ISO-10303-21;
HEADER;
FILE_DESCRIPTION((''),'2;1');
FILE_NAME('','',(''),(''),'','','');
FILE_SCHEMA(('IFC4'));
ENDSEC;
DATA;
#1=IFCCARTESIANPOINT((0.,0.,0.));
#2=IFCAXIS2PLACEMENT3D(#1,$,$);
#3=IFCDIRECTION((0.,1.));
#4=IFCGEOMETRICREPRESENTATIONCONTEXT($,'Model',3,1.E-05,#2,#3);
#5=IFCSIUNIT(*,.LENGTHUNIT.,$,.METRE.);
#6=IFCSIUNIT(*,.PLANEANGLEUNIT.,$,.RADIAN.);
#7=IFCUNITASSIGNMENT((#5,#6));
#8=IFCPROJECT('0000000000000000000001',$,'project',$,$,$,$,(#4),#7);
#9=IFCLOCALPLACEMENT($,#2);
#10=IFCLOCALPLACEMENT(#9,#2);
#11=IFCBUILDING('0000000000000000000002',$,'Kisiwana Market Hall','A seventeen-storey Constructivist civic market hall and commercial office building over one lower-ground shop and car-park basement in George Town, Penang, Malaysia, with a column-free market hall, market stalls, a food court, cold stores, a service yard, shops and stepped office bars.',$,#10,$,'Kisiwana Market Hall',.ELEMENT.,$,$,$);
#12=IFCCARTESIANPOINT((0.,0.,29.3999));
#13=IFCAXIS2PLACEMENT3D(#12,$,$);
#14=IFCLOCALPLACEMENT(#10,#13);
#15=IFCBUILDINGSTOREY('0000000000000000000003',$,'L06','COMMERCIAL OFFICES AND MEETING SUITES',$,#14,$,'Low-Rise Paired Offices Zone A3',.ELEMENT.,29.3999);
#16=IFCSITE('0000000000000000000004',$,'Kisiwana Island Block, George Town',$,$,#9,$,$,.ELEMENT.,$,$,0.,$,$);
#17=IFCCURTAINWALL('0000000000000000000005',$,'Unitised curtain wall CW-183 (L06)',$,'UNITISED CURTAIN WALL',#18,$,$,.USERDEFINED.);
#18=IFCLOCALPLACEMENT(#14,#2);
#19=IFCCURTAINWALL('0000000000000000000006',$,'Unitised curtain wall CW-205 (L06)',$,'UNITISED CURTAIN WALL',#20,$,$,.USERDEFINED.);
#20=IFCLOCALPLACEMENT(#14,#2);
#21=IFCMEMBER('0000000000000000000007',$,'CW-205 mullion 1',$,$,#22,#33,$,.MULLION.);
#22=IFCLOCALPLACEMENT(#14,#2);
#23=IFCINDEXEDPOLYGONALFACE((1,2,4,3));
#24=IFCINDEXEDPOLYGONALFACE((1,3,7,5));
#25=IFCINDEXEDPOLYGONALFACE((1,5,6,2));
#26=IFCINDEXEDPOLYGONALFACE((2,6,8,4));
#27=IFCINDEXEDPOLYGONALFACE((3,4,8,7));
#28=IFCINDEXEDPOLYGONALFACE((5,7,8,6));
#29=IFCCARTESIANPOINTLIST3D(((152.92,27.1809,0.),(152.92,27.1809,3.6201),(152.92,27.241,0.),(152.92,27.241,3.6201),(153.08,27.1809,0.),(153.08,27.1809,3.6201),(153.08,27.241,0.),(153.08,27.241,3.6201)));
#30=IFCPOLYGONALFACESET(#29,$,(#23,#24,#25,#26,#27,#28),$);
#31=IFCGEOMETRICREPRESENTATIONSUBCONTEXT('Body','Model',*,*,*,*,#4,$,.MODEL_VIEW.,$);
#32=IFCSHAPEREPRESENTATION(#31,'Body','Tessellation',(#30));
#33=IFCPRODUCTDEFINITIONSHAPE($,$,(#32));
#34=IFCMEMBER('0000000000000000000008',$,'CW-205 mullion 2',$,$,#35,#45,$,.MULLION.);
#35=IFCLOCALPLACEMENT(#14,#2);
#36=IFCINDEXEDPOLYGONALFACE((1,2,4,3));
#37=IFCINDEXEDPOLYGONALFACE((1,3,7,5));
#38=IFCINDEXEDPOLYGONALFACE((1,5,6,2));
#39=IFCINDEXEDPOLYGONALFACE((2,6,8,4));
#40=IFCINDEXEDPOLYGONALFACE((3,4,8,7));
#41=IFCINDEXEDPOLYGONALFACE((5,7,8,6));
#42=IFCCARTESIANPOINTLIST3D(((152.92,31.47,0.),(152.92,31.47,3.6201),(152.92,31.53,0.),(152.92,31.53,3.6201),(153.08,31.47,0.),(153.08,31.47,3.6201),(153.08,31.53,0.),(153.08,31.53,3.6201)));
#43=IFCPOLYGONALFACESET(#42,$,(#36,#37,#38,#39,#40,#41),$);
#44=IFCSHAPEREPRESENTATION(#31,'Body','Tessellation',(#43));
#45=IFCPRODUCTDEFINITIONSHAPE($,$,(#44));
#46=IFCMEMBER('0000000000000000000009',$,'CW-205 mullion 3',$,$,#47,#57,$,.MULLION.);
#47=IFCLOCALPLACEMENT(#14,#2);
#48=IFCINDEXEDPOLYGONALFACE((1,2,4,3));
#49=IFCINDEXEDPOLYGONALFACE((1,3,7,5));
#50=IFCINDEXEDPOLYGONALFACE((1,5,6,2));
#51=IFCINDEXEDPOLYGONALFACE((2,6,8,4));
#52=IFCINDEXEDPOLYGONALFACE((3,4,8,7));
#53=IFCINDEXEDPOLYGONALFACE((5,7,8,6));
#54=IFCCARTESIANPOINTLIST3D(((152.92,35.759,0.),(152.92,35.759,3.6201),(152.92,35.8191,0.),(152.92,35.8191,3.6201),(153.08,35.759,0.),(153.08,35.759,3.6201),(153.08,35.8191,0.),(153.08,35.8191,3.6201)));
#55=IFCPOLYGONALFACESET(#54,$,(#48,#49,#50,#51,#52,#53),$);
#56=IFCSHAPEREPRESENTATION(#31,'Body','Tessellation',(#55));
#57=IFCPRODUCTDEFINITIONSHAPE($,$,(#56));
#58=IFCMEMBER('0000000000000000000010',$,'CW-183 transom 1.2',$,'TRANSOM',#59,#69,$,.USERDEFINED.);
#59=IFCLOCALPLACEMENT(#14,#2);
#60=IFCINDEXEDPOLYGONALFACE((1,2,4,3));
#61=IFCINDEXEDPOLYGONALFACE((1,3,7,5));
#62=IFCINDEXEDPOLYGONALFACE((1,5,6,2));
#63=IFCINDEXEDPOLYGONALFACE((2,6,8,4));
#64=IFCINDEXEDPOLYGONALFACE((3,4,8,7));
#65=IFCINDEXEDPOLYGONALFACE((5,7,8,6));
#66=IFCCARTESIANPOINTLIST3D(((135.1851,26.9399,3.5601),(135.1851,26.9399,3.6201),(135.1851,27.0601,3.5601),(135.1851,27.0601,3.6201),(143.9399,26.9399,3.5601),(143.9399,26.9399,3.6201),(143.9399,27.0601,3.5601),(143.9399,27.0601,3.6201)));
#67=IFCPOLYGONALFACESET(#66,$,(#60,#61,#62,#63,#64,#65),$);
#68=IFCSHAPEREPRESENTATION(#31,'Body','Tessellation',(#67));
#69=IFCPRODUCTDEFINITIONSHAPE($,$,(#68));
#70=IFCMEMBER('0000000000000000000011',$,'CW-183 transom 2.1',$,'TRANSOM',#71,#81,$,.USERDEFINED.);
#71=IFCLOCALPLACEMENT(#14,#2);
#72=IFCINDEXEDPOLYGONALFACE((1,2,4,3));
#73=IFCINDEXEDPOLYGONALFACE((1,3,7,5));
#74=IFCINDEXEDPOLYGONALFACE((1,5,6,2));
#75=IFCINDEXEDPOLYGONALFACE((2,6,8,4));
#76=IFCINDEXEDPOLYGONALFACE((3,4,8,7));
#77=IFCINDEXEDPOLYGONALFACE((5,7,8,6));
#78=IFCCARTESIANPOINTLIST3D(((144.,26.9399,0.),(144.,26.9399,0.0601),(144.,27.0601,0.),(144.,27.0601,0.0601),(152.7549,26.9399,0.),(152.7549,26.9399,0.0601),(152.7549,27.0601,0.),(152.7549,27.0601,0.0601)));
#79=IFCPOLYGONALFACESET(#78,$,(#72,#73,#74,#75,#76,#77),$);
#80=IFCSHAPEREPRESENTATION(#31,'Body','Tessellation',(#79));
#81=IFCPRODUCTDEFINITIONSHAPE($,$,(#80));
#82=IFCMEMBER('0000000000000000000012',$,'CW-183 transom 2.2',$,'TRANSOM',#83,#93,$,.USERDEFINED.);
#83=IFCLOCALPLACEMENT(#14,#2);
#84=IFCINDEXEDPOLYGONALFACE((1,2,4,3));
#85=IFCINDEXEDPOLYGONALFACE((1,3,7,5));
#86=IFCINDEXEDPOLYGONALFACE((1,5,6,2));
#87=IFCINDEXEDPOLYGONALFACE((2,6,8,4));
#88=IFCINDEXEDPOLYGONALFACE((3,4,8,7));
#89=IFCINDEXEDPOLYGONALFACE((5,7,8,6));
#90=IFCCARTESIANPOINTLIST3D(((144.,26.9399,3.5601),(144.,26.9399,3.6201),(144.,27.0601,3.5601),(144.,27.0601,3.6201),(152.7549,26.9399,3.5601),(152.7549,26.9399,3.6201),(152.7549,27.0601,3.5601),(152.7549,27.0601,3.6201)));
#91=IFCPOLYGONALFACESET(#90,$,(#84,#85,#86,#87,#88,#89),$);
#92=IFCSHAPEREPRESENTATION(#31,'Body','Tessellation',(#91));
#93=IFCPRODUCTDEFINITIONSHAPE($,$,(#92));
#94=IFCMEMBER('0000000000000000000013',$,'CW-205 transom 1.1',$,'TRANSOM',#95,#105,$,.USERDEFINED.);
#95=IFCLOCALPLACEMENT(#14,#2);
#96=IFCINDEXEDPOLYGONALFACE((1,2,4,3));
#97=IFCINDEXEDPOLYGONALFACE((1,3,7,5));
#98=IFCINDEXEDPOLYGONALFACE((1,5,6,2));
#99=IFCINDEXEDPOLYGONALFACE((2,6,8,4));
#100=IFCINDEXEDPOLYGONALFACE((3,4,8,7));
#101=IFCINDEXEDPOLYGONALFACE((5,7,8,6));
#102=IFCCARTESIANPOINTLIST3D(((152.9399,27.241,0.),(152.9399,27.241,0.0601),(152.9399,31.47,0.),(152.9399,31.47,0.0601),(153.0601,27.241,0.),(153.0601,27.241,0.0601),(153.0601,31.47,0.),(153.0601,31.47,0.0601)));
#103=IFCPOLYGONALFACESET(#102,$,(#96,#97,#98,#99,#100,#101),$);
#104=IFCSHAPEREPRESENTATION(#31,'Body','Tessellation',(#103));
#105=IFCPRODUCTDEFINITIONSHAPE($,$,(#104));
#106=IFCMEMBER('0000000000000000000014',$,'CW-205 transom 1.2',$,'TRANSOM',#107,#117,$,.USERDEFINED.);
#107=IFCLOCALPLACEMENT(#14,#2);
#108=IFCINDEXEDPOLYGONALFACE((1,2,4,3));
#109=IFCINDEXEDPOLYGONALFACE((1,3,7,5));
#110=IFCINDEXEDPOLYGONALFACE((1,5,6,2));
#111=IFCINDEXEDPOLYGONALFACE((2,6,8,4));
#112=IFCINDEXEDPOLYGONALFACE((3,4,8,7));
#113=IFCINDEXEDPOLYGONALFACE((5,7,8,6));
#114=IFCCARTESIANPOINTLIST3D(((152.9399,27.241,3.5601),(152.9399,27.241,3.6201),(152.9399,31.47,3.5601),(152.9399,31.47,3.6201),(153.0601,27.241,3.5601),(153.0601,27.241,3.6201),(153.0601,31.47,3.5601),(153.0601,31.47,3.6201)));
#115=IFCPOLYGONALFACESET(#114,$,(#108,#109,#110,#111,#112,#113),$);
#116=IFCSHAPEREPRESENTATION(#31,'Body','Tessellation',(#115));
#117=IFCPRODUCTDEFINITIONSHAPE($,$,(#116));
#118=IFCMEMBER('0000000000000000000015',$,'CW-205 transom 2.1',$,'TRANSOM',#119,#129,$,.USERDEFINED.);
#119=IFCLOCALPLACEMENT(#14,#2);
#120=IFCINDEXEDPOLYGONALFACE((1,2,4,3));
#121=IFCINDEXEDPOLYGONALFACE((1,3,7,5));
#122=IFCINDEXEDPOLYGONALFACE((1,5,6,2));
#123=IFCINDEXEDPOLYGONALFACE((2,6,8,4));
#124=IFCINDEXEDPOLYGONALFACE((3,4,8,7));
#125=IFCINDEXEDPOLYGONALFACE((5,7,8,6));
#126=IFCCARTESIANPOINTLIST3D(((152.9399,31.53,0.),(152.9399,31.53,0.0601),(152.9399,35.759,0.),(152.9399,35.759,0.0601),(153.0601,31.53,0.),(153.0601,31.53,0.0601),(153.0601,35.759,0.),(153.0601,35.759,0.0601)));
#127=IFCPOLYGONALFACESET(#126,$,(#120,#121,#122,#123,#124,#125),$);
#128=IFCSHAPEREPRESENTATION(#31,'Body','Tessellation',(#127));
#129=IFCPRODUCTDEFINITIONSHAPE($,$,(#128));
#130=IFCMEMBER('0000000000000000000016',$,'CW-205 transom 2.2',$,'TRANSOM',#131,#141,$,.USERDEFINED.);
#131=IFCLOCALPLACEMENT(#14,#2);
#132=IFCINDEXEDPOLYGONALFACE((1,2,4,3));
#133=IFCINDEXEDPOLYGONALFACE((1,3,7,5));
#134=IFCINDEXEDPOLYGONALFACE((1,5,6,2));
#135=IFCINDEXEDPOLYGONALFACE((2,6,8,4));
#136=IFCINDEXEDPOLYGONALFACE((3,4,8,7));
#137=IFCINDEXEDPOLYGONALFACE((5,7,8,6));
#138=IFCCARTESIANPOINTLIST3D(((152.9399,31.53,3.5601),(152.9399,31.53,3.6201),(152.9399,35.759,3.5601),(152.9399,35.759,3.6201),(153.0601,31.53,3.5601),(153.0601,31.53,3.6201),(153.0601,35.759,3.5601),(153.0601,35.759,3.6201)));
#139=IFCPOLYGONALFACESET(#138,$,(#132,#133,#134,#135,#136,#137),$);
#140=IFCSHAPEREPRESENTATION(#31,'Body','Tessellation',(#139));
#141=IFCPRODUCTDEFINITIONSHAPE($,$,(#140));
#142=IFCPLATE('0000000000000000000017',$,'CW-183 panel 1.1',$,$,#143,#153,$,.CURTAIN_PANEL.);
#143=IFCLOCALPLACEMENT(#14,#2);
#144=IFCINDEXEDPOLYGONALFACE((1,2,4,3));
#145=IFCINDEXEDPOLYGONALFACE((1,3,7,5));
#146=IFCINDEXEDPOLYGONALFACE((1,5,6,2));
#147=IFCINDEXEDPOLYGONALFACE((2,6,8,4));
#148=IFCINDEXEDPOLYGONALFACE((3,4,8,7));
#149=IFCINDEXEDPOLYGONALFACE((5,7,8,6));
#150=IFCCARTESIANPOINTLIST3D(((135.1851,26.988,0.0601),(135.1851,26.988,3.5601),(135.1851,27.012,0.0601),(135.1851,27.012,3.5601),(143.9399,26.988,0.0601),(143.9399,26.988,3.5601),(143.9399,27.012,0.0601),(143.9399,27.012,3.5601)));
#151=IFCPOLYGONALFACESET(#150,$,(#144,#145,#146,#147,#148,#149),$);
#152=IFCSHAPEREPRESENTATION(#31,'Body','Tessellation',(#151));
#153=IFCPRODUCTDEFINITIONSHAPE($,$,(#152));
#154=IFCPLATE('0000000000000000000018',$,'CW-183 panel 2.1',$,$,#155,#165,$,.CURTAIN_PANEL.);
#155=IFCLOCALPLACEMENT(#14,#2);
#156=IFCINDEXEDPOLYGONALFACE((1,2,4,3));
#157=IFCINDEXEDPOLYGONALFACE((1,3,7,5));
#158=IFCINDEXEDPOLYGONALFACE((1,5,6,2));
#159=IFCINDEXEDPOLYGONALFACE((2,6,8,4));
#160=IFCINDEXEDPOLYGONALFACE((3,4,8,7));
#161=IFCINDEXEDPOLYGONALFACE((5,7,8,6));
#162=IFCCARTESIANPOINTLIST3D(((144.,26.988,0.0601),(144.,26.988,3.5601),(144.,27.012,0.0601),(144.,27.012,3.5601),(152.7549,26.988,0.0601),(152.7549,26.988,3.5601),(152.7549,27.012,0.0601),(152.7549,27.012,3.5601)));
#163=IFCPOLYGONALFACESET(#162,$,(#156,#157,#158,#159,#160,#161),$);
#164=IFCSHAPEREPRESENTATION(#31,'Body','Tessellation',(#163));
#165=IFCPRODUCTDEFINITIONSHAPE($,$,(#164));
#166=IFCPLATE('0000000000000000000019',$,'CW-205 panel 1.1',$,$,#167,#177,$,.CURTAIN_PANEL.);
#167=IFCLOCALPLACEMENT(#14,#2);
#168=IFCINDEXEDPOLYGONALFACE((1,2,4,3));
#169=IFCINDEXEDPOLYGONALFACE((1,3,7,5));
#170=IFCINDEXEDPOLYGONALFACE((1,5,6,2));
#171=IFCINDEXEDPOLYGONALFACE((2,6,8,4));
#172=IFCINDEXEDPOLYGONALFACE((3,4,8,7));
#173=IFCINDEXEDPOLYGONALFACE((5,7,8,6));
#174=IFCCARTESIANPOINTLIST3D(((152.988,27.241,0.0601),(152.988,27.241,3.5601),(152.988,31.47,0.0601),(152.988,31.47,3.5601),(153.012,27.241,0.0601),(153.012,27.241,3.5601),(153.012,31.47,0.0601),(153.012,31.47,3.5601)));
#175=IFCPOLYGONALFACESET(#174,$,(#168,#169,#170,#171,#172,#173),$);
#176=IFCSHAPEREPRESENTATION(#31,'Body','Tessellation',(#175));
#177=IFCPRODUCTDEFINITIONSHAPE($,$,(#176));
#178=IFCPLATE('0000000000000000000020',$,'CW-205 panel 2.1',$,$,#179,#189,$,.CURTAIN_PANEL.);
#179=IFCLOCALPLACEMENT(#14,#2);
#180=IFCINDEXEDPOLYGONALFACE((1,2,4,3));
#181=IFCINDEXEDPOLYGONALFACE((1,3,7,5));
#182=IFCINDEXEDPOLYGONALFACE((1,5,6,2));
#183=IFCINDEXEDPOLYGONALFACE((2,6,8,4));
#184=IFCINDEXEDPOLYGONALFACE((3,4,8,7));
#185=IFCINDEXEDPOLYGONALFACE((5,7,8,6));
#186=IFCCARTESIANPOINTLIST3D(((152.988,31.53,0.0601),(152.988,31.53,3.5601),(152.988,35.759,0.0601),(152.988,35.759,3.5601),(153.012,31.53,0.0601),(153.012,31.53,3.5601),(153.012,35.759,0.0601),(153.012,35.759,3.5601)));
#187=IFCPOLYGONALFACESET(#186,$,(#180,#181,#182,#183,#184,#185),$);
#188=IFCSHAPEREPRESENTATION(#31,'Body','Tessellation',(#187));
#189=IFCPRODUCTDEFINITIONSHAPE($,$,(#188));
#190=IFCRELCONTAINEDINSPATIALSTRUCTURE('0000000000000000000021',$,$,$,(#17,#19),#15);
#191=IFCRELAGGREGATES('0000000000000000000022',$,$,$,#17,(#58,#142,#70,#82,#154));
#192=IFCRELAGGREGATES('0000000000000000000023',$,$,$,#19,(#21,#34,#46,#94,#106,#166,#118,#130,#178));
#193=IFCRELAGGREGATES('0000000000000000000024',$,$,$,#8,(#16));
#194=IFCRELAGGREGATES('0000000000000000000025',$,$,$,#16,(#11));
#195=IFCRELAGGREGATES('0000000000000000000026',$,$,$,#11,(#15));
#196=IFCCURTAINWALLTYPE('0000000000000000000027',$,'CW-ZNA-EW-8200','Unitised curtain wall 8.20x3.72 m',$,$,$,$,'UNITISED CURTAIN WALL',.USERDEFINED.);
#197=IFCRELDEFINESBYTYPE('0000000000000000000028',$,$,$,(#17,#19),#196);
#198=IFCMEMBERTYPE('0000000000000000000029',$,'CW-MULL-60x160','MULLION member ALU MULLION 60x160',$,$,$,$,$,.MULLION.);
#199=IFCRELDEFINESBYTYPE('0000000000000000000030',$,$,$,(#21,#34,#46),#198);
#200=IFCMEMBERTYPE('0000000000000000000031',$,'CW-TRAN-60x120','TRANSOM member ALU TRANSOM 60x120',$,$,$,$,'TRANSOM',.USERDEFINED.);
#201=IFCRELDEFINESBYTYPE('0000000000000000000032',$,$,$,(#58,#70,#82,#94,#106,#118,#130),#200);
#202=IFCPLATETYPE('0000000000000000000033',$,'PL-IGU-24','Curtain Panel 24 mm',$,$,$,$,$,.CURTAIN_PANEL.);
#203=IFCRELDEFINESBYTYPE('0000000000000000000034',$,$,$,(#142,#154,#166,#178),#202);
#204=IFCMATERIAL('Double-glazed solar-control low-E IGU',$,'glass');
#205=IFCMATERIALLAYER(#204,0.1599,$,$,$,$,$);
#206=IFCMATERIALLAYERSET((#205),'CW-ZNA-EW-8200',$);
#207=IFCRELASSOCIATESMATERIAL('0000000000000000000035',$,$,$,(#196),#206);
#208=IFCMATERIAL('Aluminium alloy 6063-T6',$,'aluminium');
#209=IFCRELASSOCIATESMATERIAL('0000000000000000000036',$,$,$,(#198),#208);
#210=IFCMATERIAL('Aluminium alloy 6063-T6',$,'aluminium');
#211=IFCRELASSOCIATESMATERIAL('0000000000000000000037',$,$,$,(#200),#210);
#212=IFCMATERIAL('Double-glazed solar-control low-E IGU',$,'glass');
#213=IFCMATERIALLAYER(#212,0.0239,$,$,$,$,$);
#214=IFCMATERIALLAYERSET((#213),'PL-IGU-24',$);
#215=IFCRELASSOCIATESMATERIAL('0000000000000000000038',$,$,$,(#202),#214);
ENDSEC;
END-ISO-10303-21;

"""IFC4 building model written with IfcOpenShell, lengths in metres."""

from ifc_helpers import new_model, si_unit, direction, frame, origin, origin_2d, place, context, subcontext, project, spatial, rectangle, extrude, material, layer, layer_set, material_profile, profile_set, type_object, element, aggregate, save


model = new_model("IFC4")

# Units and contexts
model_context = context("Model", 3, precision=1e-05, world=origin(), true_north=direction((0.0, 1.0)))
body_context = subcontext(model_context, "Body", "Model", "MODEL_VIEW")
ifc_project = project(units=[si_unit("LENGTHUNIT", "METRE"), si_unit("PLANEANGLEUNIT", "RADIAN")], contexts=[model_context])

# Site, building, storey
site_placement = place(None, origin())
site = spatial("IfcSite", under=ifc_project, at=site_placement, Name="Kisiwana Island Block, George Town", CompositionType="ELEMENT", RefElevation=0.0)
building_placement = place(site_placement, origin())
building = spatial("IfcBuilding", under=site, at=building_placement, Name="Kisiwana Market Hall", Description="A seventeen-storey Constructivist civic market hall and commercial office building over one lower-ground shop and car-park basement in George Town, Penang, Malaysia, with a column-free market hall, market stalls, a food court, cold stores, a service yard, shops and stepped office bars.", LongName="Kisiwana Market Hall", CompositionType="ELEMENT")
storey_placement = place(building_placement, frame((0.0, 0.0, 29.3999)))
storey = spatial("IfcBuildingStorey", under=building, at=storey_placement, Name="L06", Description="COMMERCIAL OFFICES AND MEETING SUITES", LongName="Low-Rise Paired Offices Zone A3", CompositionType="ELEMENT", Elevation=29.3999)

# Curtain walls, members
ifc_material_1 = material(Name="Double-glazed solar-control low-E IGU", Category="glass")
ifc_layer_1 = layer(ifc_material_1, 0.1599)
ifc_layer_set_1 = layer_set([ifc_layer_1], Name="CW-ZNA-EW-8200")
curtain_wall_type = type_object("IfcCurtainWallType", Name="CW-ZNA-EW-8200", Description="Unitised curtain wall 8.20x3.72 m", ElementType="UNITISED CURTAIN WALL", PredefinedType="USERDEFINED", material=ifc_layer_set_1)
curtain_wall_1_placement = place(storey_placement, origin())
curtain_wall_1 = element("IfcCurtainWall", 1, at=curtain_wall_1_placement, inside=storey, type_object=curtain_wall_type, Name="Unitised curtain wall CW-183 (L06)", ObjectType="UNITISED CURTAIN WALL", PredefinedType="USERDEFINED")
ifc_material_2 = material(Name="Aluminium alloy 6063-T6", Category="aluminium")
ifc_material_profile_1 = material_profile(ifc_material_2, rectangle(XDim=0.0601, YDim=0.1599, at=origin_2d()), Name="ALU MULLION 60x160")
ifc_profile_set_1 = profile_set([ifc_material_profile_1], Name="Aluminium alloy 6063-T6")
member_type_1 = type_object("IfcMemberType", Name="CW-MULL-60x160", Description="MULLION member ALU MULLION 60x160", PredefinedType="MULLION", material=ifc_profile_set_1)
curtain_wall_2_placement = place(storey_placement, origin())
curtain_wall_2 = element("IfcCurtainWall", 2, at=curtain_wall_2_placement, inside=storey, type_object=curtain_wall_type, Name="Unitised curtain wall CW-205 (L06)", ObjectType="UNITISED CURTAIN WALL", PredefinedType="USERDEFINED")
member_1_placement = place(storey_placement, frame((153.0, 27.2109, 0.0), z_axis=(0.0, 0.0, 1.0), x_axis=(0.0, 1.0, 0.0)))
member_1 = element("IfcMember", 3, at=member_1_placement, type_object=member_type_1, Name="CW-205 mullion 1", PredefinedType="MULLION", context=body_context, shape_type="SweptSolid", body=[
    extrude(rectangle(XDim=0.0601, YDim=0.1599, at=origin_2d()), origin(), (0.0, 0.0, 1.0), 3.6201),
])
member_2_placement = place(storey_placement, frame((153.0, 31.5, 0.0), z_axis=(0.0, 0.0, 1.0), x_axis=(0.0, 1.0, 0.0)))
member_2 = element("IfcMember", 4, at=member_2_placement, type_object=member_type_1, Name="CW-205 mullion 2", PredefinedType="MULLION", context=body_context, shape_type="SweptSolid", body=[
    extrude(rectangle(XDim=0.0601, YDim=0.1599, at=origin_2d()), origin(), (0.0, 0.0, 1.0), 3.6201),
])
member_3_placement = place(storey_placement, frame((153.0, 35.7891, 0.0), z_axis=(0.0, 0.0, 1.0), x_axis=(0.0, 1.0, 0.0)))
member_3 = element("IfcMember", 5, at=member_3_placement, type_object=member_type_1, Name="CW-205 mullion 3", PredefinedType="MULLION", context=body_context, shape_type="SweptSolid", body=[
    extrude(rectangle(XDim=0.0601, YDim=0.1599, at=origin_2d()), origin(), (0.0, 0.0, 1.0), 3.6201),
])

# Members
ifc_material_3 = material(Name="Aluminium alloy 6063-T6", Category="aluminium")
ifc_material_profile_2 = material_profile(ifc_material_3, rectangle(XDim=0.1201, YDim=0.0601, at=origin_2d()), Name="ALU TRANSOM 60x120")
ifc_profile_set_2 = profile_set([ifc_material_profile_2], Name="Aluminium alloy 6063-T6")
member_type_2 = type_object("IfcMemberType", Name="CW-TRAN-60x120", Description="TRANSOM member ALU TRANSOM 60x120", ElementType="TRANSOM", PredefinedType="USERDEFINED", material=ifc_profile_set_2)
member_4_placement = place(storey_placement, frame((135.1851, 27.0, 3.5901), z_axis=(1.0, 0.0, 0.0), x_axis=(0.0, 1.0, 0.0)))
member_4 = element("IfcMember", 6, at=member_4_placement, type_object=member_type_2, Name="CW-183 transom 1.2", ObjectType="TRANSOM", PredefinedType="USERDEFINED", context=body_context, shape_type="SweptSolid", body=[
    extrude(rectangle(XDim=0.1201, YDim=0.0601, at=origin_2d()), origin(), (0.0, 0.0, 1.0), 8.7549),
])
member_5_placement = place(storey_placement, frame((144.0, 27.0, 0.03), z_axis=(1.0, 0.0, 0.0), x_axis=(0.0, 1.0, 0.0)))
member_5 = element("IfcMember", 7, at=member_5_placement, type_object=member_type_2, Name="CW-183 transom 2.1", ObjectType="TRANSOM", PredefinedType="USERDEFINED", context=body_context, shape_type="SweptSolid", body=[
    extrude(rectangle(XDim=0.1201, YDim=0.0601, at=origin_2d()), origin(), (0.0, 0.0, 1.0), 8.7549),
])
member_6_placement = place(storey_placement, frame((144.0, 27.0, 3.5901), z_axis=(1.0, 0.0, 0.0), x_axis=(0.0, 1.0, 0.0)))
member_6 = element("IfcMember", 8, at=member_6_placement, type_object=member_type_2, Name="CW-183 transom 2.2", ObjectType="TRANSOM", PredefinedType="USERDEFINED", context=body_context, shape_type="SweptSolid", body=[
    extrude(rectangle(XDim=0.1201, YDim=0.0601, at=origin_2d()), origin(), (0.0, 0.0, 1.0), 8.7549),
])
member_7_placement = place(storey_placement, frame((153.0, 27.241, 0.03), z_axis=(0.0, 1.0, 0.0), x_axis=(-1.0, 0.0, 0.0)))
member_7 = element("IfcMember", 9, at=member_7_placement, type_object=member_type_2, Name="CW-205 transom 1.1", ObjectType="TRANSOM", PredefinedType="USERDEFINED", context=body_context, shape_type="SweptSolid", body=[
    extrude(rectangle(XDim=0.1201, YDim=0.0601, at=origin_2d()), origin(), (0.0, 0.0, 1.0), 4.229),
])
member_8_placement = place(storey_placement, frame((153.0, 27.241, 3.5901), z_axis=(0.0, 1.0, 0.0), x_axis=(-1.0, 0.0, 0.0)))
member_8 = element("IfcMember", 10, at=member_8_placement, type_object=member_type_2, Name="CW-205 transom 1.2", ObjectType="TRANSOM", PredefinedType="USERDEFINED", context=body_context, shape_type="SweptSolid", body=[
    extrude(rectangle(XDim=0.1201, YDim=0.0601, at=origin_2d()), origin(), (0.0, 0.0, 1.0), 4.229),
])
member_9_placement = place(storey_placement, frame((153.0, 31.53, 0.03), z_axis=(0.0, 1.0, 0.0), x_axis=(-1.0, 0.0, 0.0)))
member_9 = element("IfcMember", 11, at=member_9_placement, type_object=member_type_2, Name="CW-205 transom 2.1", ObjectType="TRANSOM", PredefinedType="USERDEFINED", context=body_context, shape_type="SweptSolid", body=[
    extrude(rectangle(XDim=0.1201, YDim=0.0601, at=origin_2d()), origin(), (0.0, 0.0, 1.0), 4.229),
])
member_10_placement = place(storey_placement, frame((153.0, 31.53, 3.5901), z_axis=(0.0, 1.0, 0.0), x_axis=(-1.0, 0.0, 0.0)))
member_10 = element("IfcMember", 12, at=member_10_placement, type_object=member_type_2, Name="CW-205 transom 2.2", ObjectType="TRANSOM", PredefinedType="USERDEFINED", context=body_context, shape_type="SweptSolid", body=[
    extrude(rectangle(XDim=0.1201, YDim=0.0601, at=origin_2d()), origin(), (0.0, 0.0, 1.0), 4.229),
])

# Plates
ifc_material_4 = material(Name="Double-glazed solar-control low-E IGU", Category="glass")
ifc_layer_2 = layer(ifc_material_4, 0.0239)
ifc_layer_set_2 = layer_set([ifc_layer_2], Name="PL-IGU-24")
plate_type = type_object("IfcPlateType", Name="PL-IGU-24", Description="Curtain Panel 24 mm", PredefinedType="CURTAIN_PANEL", material=ifc_layer_set_2)
plate_1_placement = place(storey_placement, frame((139.5625, 27.0, 0.0601), z_axis=(0.0, 0.0, 1.0), x_axis=(1.0, 0.0, 0.0)))
plate_1 = element("IfcPlate", 13, at=plate_1_placement, type_object=plate_type, Name="CW-183 panel 1.1", PredefinedType="CURTAIN_PANEL", context=body_context, shape_type="SweptSolid", body=[
    extrude(rectangle(XDim=8.7549, YDim=0.0239, at=origin_2d()), origin(), (0.0, 0.0, 1.0), 3.5),
])
plate_2_placement = place(storey_placement, frame((148.3774, 27.0, 0.0601), z_axis=(0.0, 0.0, 1.0), x_axis=(1.0, 0.0, 0.0)))
plate_2 = element("IfcPlate", 14, at=plate_2_placement, type_object=plate_type, Name="CW-183 panel 2.1", PredefinedType="CURTAIN_PANEL", context=body_context, shape_type="SweptSolid", body=[
    extrude(rectangle(XDim=8.7549, YDim=0.0239, at=origin_2d()), origin(), (0.0, 0.0, 1.0), 3.5),
])
aggregate(curtain_wall_1, [member_4, plate_1, member_5, member_6, plate_2])
plate_3_placement = place(storey_placement, frame((153.0, 29.3555, 0.0601), z_axis=(0.0, 0.0, 1.0), x_axis=(0.0, 1.0, 0.0)))
plate_3 = element("IfcPlate", 15, at=plate_3_placement, type_object=plate_type, Name="CW-205 panel 1.1", PredefinedType="CURTAIN_PANEL", context=body_context, shape_type="SweptSolid", body=[
    extrude(rectangle(XDim=4.229, YDim=0.0239, at=origin_2d()), origin(), (0.0, 0.0, 1.0), 3.5),
])
plate_4_placement = place(storey_placement, frame((153.0, 33.6445, 0.0601), z_axis=(0.0, 0.0, 1.0), x_axis=(0.0, 1.0, 0.0)))
plate_4 = element("IfcPlate", 16, at=plate_4_placement, type_object=plate_type, Name="CW-205 panel 2.1", PredefinedType="CURTAIN_PANEL", context=body_context, shape_type="SweptSolid", body=[
    extrude(rectangle(XDim=4.229, YDim=0.0239, at=origin_2d()), origin(), (0.0, 0.0, 1.0), 3.5),
])
aggregate(curtain_wall_2, [member_1, member_2, member_3, member_7, member_8, plate_3, member_9, member_10, plate_4])

save(model, "model.ifc")
